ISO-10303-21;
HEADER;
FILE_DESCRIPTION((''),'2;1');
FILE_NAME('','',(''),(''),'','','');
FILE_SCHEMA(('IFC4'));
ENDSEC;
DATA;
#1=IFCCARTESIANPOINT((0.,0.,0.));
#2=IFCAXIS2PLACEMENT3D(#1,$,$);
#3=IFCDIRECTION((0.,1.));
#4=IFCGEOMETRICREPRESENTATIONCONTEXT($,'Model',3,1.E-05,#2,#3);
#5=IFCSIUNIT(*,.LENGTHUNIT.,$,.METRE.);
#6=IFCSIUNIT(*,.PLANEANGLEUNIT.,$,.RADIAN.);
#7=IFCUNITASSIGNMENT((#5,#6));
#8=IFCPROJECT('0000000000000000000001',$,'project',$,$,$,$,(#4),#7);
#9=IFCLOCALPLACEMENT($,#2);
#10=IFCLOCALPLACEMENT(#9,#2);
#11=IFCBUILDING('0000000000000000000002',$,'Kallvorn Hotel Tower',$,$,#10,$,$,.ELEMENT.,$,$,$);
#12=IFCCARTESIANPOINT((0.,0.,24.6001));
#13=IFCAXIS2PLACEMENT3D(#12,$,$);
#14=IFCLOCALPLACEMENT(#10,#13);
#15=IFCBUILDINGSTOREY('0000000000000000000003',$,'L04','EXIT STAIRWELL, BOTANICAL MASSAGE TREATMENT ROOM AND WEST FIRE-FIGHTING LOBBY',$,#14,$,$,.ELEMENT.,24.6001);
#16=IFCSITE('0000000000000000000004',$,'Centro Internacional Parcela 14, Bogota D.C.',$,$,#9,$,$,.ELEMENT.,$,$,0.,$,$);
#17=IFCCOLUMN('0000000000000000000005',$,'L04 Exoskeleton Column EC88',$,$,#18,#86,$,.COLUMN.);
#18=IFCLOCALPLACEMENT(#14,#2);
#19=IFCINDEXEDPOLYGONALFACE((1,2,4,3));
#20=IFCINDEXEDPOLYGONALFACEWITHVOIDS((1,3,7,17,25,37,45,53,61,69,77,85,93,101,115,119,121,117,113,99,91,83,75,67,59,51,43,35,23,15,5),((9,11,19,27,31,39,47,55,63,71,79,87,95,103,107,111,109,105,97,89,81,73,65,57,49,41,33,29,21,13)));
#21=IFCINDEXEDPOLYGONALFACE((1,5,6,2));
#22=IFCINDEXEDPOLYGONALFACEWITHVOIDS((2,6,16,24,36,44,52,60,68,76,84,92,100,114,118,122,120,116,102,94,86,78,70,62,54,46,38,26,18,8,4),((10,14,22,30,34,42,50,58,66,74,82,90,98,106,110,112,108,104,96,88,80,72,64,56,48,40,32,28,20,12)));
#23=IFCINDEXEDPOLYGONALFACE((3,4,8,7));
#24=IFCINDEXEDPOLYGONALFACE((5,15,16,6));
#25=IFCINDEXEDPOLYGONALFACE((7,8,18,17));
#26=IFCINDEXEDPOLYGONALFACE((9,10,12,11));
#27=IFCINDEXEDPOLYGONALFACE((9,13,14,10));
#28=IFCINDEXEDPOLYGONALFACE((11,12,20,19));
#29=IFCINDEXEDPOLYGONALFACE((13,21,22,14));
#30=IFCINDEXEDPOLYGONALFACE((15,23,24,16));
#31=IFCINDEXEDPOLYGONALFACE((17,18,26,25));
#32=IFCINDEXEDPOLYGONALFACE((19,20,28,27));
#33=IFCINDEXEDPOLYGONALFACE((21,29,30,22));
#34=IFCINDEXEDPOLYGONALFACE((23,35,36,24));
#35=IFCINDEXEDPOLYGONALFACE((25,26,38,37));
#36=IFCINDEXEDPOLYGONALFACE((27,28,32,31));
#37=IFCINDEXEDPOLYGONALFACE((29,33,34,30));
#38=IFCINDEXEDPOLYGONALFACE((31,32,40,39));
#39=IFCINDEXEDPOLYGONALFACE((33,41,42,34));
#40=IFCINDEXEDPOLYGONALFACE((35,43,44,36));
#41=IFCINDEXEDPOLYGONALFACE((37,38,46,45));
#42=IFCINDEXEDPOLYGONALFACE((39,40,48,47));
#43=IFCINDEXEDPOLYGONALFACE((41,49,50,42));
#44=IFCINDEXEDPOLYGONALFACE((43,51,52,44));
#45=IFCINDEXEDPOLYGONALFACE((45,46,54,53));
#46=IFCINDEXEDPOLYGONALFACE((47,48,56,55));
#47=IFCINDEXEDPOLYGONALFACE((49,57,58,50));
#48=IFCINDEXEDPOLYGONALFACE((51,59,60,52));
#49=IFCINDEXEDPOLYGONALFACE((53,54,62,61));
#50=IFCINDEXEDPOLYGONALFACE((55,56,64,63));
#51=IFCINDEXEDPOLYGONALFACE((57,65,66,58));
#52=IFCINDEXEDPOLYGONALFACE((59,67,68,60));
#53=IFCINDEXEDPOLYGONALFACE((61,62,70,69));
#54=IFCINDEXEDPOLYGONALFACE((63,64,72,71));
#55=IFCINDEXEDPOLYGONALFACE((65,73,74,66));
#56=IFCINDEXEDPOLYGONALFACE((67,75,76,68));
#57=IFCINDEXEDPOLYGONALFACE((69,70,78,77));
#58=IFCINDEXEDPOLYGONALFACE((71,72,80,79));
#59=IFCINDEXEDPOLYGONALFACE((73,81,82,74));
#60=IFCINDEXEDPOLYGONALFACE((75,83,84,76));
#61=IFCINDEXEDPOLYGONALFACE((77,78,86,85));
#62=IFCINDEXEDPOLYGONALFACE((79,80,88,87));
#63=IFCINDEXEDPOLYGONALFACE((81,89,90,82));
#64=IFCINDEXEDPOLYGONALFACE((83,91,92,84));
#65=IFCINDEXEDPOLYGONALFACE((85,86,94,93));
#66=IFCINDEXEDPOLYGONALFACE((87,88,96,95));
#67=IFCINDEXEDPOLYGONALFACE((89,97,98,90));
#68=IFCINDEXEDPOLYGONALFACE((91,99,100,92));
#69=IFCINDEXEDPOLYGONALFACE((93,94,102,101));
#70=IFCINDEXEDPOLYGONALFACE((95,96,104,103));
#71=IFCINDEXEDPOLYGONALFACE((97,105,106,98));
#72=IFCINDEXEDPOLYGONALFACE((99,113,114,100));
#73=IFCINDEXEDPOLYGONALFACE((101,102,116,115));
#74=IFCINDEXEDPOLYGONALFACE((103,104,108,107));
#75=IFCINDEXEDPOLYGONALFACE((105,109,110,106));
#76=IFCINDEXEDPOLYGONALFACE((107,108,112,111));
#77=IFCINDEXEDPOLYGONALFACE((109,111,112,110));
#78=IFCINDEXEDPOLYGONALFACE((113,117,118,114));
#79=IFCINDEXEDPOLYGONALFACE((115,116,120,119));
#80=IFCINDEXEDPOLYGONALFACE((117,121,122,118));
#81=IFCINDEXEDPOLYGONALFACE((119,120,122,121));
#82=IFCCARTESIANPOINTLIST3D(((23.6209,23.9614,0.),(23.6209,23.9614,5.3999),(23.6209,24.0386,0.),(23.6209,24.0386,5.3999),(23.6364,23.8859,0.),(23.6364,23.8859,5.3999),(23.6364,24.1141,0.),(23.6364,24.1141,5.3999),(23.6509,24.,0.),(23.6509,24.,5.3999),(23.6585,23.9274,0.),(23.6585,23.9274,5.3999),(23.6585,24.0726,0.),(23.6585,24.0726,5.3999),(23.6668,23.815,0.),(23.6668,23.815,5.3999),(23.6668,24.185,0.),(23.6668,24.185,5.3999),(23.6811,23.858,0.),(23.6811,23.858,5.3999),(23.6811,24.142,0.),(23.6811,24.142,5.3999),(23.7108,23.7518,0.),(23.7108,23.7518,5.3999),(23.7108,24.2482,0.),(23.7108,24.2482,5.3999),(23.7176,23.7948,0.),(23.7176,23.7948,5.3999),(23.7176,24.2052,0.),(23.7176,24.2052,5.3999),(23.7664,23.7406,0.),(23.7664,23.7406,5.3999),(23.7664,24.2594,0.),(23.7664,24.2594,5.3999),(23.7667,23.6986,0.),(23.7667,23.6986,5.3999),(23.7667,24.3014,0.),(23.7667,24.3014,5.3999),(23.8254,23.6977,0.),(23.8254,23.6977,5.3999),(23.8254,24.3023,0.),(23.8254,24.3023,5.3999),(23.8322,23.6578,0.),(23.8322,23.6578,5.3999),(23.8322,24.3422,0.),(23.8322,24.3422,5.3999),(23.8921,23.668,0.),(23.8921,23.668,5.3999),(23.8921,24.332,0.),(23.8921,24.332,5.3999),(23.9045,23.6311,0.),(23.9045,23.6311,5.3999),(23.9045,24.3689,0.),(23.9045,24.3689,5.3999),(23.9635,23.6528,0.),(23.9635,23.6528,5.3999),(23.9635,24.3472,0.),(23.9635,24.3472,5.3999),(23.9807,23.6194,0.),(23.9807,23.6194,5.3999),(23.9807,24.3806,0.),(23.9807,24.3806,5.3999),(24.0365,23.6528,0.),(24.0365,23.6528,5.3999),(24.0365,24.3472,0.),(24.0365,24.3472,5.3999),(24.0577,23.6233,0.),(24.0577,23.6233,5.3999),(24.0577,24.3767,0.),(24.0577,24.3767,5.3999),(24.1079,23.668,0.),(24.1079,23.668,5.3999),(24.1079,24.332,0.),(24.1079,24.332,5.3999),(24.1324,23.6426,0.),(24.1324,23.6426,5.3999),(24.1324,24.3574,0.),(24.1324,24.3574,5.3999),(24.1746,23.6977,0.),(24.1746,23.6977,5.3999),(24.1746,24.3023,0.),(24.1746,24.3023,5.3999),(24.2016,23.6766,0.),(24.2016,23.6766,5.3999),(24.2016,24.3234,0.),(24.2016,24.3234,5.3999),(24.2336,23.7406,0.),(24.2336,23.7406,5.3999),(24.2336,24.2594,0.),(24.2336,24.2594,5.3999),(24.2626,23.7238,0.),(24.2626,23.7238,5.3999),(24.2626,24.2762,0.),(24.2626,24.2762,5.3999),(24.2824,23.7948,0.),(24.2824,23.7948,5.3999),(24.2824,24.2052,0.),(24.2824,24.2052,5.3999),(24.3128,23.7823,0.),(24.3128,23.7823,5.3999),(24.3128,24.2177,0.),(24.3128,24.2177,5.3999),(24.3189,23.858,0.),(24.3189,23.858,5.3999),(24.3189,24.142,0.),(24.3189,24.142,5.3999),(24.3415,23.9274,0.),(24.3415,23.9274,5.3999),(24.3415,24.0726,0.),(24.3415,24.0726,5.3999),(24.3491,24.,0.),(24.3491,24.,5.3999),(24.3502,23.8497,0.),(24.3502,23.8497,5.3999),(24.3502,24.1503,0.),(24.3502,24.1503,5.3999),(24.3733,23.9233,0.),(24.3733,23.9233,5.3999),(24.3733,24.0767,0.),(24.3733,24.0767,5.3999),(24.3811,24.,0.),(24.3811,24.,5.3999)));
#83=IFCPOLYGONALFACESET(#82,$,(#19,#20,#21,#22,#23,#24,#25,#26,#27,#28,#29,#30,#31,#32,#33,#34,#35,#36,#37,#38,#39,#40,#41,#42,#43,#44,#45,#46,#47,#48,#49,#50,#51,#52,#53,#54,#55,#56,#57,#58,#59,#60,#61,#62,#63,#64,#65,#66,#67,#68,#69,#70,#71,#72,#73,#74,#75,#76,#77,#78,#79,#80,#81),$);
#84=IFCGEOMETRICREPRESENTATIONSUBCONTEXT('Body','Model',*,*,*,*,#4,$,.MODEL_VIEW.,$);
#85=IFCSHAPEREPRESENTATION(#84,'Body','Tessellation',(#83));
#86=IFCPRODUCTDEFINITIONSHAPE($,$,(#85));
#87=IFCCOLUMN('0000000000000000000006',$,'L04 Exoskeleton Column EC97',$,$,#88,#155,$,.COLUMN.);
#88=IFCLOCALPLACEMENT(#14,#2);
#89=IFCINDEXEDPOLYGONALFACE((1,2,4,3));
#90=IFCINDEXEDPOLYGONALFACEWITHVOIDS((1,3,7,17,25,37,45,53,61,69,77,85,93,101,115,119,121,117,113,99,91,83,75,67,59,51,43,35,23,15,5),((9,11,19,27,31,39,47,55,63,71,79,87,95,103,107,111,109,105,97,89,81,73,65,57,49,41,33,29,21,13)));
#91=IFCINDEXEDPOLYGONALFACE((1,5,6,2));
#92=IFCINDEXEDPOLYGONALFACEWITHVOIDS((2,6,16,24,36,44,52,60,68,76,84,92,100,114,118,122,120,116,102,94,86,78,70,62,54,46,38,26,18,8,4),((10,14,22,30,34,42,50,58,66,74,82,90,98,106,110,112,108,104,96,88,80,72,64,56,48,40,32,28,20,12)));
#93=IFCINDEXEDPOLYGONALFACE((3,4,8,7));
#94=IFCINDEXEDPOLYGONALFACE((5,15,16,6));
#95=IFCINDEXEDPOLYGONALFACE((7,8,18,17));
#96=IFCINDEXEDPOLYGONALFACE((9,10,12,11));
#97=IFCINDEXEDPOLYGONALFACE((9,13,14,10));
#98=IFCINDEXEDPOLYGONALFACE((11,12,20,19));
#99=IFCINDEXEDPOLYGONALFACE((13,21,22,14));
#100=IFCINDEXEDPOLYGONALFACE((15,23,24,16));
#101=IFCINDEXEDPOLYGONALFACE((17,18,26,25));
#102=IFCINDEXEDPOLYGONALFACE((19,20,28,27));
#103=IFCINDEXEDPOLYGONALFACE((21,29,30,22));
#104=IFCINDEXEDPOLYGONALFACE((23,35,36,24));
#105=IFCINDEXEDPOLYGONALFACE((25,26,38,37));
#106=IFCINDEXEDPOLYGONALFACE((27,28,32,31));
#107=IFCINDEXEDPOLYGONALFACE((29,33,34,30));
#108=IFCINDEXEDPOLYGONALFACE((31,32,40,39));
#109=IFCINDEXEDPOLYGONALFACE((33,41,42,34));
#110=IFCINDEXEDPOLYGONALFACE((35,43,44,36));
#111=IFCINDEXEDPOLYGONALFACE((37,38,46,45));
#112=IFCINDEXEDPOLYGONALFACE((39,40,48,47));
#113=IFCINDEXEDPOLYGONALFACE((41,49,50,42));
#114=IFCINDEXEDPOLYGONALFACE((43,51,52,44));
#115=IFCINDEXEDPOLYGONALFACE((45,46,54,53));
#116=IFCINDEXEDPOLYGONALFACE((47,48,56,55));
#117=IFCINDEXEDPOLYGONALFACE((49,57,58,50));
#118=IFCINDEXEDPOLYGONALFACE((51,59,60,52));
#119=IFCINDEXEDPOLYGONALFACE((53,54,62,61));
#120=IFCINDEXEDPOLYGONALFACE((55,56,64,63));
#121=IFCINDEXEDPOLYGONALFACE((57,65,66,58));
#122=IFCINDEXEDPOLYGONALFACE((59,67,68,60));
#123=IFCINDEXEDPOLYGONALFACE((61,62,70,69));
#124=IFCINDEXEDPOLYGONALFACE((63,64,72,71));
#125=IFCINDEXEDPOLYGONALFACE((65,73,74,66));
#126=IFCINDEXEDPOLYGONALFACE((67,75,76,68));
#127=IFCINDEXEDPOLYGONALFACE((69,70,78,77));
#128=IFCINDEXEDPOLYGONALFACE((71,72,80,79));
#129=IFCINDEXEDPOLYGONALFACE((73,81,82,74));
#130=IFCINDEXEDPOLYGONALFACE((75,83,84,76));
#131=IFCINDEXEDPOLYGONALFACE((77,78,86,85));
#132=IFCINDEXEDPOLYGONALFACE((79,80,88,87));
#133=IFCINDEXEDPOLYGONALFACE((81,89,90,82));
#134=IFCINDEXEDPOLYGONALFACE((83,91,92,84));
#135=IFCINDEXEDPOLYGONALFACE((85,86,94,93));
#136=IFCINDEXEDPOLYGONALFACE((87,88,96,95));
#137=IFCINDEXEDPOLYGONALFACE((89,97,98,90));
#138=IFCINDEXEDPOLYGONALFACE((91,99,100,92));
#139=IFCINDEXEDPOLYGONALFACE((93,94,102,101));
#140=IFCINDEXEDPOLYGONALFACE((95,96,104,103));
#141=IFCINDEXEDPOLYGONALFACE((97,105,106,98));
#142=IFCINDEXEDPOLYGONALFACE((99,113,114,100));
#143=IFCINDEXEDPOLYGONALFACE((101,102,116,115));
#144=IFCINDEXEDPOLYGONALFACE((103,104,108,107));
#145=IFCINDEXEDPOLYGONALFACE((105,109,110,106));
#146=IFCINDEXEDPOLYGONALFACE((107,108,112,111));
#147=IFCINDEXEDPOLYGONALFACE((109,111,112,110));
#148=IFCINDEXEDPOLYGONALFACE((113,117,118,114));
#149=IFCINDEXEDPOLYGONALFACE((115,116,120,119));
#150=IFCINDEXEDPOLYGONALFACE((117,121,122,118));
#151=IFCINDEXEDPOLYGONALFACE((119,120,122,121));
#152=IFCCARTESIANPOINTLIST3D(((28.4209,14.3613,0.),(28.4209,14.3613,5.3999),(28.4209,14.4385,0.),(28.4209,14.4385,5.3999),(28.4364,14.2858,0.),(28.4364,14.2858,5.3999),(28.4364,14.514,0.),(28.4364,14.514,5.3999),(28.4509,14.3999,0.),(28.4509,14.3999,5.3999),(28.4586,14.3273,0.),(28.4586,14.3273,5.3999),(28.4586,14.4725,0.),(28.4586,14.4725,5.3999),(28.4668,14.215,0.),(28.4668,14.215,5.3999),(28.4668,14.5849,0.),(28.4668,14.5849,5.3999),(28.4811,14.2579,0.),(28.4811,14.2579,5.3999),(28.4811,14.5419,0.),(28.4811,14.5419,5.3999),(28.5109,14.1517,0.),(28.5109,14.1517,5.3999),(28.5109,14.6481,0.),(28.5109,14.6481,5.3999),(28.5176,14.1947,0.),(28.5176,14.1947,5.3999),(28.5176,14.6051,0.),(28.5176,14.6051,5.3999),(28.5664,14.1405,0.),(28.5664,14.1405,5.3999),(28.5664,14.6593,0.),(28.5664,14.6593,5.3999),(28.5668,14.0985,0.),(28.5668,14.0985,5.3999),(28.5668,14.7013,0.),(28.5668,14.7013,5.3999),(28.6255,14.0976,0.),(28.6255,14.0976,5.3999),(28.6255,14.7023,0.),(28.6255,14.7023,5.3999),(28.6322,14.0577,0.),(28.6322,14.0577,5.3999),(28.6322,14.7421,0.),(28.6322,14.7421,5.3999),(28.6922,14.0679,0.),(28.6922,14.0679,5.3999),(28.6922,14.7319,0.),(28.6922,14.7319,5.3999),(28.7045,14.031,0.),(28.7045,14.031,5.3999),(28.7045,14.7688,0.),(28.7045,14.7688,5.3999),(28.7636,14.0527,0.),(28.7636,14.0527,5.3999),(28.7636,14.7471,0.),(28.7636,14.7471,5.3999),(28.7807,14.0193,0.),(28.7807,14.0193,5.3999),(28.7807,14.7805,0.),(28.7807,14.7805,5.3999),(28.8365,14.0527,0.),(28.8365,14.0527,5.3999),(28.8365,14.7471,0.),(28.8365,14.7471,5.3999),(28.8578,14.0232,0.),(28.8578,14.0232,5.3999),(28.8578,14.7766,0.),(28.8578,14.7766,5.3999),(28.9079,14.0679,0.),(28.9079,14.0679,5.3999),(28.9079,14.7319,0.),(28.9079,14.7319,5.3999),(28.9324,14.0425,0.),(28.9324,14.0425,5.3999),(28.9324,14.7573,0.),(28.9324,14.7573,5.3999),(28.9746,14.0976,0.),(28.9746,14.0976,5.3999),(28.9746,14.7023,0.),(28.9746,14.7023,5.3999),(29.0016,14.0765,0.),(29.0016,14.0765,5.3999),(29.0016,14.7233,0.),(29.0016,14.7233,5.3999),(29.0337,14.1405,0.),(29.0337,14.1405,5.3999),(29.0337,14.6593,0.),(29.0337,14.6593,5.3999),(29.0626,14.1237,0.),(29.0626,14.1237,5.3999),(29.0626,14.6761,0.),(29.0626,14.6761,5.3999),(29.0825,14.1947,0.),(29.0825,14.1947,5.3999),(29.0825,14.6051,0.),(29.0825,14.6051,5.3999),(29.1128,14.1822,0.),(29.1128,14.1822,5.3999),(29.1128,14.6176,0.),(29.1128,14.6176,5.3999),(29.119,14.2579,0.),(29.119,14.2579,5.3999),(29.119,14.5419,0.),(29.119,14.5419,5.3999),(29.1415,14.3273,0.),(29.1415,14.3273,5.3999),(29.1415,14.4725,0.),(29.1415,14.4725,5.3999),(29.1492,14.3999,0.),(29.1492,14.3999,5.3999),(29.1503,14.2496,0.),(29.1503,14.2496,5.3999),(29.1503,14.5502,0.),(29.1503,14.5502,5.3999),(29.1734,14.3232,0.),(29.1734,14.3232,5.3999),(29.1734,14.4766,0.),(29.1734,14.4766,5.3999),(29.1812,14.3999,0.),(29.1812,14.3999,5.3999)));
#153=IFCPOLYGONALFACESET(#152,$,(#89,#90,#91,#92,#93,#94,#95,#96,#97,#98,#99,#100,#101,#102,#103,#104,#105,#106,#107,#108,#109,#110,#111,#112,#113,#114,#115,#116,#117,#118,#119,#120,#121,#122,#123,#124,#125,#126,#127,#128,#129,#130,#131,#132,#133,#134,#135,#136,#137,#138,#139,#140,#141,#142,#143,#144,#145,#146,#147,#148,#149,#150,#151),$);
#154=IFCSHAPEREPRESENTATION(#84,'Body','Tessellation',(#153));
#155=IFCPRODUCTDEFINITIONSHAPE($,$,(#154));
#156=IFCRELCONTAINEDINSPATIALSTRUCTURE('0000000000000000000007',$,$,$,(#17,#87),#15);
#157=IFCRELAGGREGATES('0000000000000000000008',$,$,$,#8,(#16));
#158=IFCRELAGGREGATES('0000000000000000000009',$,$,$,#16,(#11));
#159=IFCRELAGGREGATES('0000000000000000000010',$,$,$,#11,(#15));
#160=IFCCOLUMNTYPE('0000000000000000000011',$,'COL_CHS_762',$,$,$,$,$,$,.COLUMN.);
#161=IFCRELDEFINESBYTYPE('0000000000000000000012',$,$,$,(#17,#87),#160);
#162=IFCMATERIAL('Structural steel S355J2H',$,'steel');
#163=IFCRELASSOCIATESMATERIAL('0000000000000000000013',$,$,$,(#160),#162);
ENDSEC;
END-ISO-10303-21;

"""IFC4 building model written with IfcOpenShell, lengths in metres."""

from ifc_helpers import new_model, si_unit, direction, frame, origin, origin_2d, place, context, subcontext, project, spatial, hollow_circle, extrude, material, material_profile, profile_set, type_object, element, save


model = new_model("IFC4")

# Units and contexts
model_context = context("Model", 3, precision=1e-05, world=origin(), true_north=direction((0.0, 1.0)))
body_context = subcontext(model_context, "Body", "Model", "MODEL_VIEW")
ifc_project = project(units=[si_unit("LENGTHUNIT", "METRE"), si_unit("PLANEANGLEUNIT", "RADIAN")], contexts=[model_context])

# Site, building, storey
site_placement = place(None, origin())
site = spatial("IfcSite", under=ifc_project, at=site_placement, Name="Centro Internacional Parcela 14, Bogota D.C.", CompositionType="ELEMENT", RefElevation=0.0)
building_placement = place(site_placement, origin())
building = spatial("IfcBuilding", under=site, at=building_placement, Name="Kallvorn Hotel Tower", CompositionType="ELEMENT")
storey_placement = place(building_placement, frame((0.0, 0.0, 24.6001)))
storey = spatial("IfcBuildingStorey", under=building, at=storey_placement, Name="L04", Description="EXIT STAIRWELL, BOTANICAL MASSAGE TREATMENT ROOM AND WEST FIRE-FIGHTING LOBBY", CompositionType="ELEMENT", Elevation=24.6001)

# Columns
ifc_material_1 = material(Name="Structural steel S355J2H", Category="steel")
ifc_material_profile_1 = material_profile(ifc_material_1, hollow_circle(Radius=0.3811, WallThickness=0.032, at=origin_2d()), Name="CHS 762x32")
ifc_profile_set_1 = profile_set([ifc_material_profile_1], Name="Structural steel S355J2H")
column_type_1 = type_object("IfcColumnType", Name="COL_CHS_762", PredefinedType="COLUMN", material=ifc_profile_set_1)
for number, where, z_axis, x_axis, name in (
    (1, (24.0, 24.0, 0.0), (0.0, 0.0, 1.0), (1.0, 0.0, 0.0), "L04 Exoskeleton Column EC88"),
    (2, (28.8, 14.3999, 0.0), (0.0, 0.0, 1.0), (1.0, 0.0, 0.0), "L04 Exoskeleton Column EC97"),
):
    element("IfcColumn", number, at=place(storey_placement, frame(where, z_axis=z_axis, x_axis=x_axis)), inside=storey, type_object=column_type_1, Name=name, PredefinedType="COLUMN", context=body_context, shape_type="SweptSolid", body=[
        extrude(hollow_circle(Radius=0.3811, WallThickness=0.032, at=origin_2d()), origin(), (0.0, 0.0, 1.0), 5.3999),
    ])

save(model, "model.ifc")
